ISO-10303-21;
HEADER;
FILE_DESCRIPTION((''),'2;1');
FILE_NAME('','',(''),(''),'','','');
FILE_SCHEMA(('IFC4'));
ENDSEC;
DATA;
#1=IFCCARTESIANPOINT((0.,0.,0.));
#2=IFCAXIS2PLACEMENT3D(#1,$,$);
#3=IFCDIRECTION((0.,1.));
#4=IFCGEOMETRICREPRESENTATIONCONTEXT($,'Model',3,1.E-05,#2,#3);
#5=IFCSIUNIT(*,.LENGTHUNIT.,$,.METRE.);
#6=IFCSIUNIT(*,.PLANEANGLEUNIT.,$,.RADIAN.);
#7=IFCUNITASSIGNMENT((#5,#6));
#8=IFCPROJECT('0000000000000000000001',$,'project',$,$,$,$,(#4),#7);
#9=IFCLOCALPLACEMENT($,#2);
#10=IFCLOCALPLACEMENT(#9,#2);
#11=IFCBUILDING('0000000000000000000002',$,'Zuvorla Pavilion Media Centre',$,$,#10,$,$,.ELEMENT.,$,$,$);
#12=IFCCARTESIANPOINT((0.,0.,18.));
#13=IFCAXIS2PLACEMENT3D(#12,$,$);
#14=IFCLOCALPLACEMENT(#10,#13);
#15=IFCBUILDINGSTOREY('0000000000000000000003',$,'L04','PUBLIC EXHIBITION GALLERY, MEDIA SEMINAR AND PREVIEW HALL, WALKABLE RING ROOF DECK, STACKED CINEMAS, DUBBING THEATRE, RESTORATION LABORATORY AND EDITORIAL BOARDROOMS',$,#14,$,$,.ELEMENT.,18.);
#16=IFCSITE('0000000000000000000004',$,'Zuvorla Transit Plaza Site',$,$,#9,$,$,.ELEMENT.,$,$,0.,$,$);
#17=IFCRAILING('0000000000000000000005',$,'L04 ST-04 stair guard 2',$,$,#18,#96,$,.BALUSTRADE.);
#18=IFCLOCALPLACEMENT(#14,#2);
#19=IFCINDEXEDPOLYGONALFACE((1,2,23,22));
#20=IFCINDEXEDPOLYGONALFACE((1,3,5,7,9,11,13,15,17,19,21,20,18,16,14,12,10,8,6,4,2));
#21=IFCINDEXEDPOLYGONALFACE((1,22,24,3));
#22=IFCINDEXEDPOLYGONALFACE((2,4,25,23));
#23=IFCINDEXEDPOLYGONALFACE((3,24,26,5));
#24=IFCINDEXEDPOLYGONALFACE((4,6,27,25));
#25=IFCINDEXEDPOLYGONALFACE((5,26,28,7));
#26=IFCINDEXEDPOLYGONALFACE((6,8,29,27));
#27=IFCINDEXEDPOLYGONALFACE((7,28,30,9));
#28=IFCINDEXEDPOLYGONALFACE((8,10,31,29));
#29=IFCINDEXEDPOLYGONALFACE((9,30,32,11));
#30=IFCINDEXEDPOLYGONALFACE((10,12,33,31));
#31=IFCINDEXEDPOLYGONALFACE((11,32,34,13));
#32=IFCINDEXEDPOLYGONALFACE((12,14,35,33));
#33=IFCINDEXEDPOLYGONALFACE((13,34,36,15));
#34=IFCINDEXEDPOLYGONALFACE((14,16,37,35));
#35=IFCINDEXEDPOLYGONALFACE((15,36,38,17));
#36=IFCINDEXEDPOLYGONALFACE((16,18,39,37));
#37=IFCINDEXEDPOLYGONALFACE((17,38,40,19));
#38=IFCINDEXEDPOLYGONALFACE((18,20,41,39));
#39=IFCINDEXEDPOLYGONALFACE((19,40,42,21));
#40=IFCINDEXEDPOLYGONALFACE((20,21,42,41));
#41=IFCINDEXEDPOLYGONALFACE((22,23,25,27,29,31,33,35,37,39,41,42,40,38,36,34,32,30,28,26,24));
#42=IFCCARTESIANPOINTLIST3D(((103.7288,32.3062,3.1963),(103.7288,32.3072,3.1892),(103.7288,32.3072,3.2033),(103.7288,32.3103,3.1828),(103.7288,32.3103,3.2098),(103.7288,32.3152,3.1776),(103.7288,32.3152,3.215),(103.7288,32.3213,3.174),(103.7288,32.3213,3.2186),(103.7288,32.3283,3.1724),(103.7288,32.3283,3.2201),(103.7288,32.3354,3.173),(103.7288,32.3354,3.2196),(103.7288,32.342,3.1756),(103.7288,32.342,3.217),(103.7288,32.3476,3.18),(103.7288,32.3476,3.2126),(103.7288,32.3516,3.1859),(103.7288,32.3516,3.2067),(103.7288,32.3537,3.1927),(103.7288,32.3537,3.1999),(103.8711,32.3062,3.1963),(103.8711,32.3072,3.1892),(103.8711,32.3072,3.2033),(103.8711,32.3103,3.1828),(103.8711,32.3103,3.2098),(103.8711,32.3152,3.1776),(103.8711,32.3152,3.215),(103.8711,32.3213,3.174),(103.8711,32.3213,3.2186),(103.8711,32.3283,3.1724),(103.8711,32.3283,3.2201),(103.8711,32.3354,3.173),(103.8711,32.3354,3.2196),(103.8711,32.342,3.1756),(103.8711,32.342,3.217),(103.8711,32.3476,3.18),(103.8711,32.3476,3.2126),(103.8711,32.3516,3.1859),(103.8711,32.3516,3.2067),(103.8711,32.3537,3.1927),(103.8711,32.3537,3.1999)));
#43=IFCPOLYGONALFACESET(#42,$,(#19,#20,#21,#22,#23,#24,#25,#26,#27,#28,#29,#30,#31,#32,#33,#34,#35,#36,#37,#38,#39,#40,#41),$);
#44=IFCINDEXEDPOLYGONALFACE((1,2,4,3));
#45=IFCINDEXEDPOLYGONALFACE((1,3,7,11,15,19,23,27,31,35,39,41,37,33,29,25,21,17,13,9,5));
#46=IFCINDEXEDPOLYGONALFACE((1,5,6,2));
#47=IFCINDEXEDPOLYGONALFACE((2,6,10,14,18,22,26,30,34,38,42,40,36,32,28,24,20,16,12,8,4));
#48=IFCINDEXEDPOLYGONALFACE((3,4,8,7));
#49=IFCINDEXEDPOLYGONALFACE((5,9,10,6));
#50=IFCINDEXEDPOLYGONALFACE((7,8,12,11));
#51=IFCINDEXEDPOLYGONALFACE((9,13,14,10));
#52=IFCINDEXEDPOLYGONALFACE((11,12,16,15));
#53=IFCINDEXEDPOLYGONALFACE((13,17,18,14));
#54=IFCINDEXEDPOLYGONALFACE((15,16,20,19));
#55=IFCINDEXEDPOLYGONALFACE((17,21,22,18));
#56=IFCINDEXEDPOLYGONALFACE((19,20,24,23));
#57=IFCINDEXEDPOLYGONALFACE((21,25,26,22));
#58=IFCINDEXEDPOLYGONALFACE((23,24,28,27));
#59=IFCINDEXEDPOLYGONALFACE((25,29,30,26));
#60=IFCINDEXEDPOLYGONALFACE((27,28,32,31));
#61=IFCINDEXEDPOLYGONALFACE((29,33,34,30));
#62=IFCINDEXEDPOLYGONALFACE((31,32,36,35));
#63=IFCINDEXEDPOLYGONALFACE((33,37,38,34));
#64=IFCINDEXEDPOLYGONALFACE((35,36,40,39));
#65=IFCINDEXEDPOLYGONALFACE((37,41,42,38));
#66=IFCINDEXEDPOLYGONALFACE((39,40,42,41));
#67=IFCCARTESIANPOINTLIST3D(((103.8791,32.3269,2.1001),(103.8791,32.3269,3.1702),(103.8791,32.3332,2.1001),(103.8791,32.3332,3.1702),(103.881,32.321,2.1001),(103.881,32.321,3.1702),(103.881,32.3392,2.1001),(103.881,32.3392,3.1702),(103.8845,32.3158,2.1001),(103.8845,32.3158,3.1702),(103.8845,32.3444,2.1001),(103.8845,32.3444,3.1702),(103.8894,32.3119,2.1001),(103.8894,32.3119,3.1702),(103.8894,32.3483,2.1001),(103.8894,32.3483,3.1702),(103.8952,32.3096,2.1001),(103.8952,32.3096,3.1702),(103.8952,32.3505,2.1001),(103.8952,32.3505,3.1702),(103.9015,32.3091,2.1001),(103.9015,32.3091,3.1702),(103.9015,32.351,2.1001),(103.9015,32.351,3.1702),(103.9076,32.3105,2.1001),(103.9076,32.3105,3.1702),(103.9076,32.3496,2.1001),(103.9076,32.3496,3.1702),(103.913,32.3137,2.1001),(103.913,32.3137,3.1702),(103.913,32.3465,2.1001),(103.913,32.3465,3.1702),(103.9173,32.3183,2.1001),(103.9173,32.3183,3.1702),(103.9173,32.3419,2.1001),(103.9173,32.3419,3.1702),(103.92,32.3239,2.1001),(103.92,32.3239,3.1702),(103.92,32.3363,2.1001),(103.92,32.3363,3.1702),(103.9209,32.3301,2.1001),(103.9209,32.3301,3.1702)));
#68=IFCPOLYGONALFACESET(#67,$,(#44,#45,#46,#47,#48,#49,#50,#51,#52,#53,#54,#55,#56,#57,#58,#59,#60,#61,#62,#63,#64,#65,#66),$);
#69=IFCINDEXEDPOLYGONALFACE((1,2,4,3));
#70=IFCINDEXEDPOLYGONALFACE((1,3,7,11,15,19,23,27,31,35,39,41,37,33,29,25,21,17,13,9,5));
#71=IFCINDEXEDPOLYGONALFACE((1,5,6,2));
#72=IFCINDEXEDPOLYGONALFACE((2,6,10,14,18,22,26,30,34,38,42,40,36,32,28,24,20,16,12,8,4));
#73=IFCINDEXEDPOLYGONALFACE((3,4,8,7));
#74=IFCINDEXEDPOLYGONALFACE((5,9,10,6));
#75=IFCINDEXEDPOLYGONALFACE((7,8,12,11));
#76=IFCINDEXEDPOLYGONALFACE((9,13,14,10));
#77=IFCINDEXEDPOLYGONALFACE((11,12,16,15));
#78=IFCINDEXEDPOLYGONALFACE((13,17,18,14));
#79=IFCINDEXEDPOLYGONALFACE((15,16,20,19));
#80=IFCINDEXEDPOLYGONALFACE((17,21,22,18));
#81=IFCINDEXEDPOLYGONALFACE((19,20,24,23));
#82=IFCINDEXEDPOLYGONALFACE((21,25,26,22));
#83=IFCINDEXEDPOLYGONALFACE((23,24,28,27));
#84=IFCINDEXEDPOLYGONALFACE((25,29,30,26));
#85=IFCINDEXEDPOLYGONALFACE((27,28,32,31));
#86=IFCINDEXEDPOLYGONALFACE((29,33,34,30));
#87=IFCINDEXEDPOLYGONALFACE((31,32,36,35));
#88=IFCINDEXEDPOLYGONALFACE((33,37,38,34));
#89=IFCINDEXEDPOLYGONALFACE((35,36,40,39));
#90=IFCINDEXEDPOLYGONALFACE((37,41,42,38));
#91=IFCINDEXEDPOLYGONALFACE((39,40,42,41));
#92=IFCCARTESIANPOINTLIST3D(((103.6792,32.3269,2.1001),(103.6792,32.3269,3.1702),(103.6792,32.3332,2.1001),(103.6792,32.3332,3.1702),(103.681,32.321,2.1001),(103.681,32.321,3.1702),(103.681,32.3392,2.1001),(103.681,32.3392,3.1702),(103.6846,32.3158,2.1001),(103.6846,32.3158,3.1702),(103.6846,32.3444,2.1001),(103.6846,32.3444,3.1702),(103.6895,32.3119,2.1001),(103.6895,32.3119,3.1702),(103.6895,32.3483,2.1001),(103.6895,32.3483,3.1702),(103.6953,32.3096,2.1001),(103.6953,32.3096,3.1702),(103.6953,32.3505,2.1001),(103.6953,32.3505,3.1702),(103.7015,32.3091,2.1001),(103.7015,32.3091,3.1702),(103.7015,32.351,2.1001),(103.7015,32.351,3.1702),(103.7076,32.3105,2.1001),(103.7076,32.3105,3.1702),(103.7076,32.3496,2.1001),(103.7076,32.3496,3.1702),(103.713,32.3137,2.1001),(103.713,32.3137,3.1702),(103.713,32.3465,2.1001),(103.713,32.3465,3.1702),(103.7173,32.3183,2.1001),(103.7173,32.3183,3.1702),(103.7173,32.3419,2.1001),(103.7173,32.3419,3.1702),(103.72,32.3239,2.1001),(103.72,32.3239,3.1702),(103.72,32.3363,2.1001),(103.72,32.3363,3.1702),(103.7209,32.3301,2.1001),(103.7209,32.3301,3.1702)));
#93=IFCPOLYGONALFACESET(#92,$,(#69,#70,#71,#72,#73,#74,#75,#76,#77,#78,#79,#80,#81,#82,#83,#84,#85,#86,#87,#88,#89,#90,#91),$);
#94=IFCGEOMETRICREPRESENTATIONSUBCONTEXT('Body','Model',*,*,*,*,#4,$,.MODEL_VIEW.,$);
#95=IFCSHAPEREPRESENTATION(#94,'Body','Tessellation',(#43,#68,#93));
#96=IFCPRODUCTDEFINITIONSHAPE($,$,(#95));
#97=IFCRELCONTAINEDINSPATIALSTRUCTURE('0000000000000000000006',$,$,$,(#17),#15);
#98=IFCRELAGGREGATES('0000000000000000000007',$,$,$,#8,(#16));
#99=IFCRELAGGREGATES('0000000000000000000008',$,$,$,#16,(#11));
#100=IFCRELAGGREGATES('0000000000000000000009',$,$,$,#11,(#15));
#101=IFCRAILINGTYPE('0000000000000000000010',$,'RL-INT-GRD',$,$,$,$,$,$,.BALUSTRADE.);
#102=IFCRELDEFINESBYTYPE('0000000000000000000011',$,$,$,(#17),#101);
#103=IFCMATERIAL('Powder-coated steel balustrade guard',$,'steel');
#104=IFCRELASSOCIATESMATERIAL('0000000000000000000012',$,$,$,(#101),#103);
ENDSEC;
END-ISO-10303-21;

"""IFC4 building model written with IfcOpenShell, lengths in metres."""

from ifc_helpers import new_model, si_unit, direction, frame, origin, origin_2d, place, context, subcontext, project, spatial, circle, extrude, material, type_object, element, save


model = new_model("IFC4")

# Units and contexts
model_context = context("Model", 3, precision=1e-05, world=origin(), true_north=direction((0.0, 1.0)))
body_context = subcontext(model_context, "Body", "Model", "MODEL_VIEW")
ifc_project = project(units=[si_unit("LENGTHUNIT", "METRE"), si_unit("PLANEANGLEUNIT", "RADIAN")], contexts=[model_context])

# Site, building, storey
site_placement = place(None, origin())
site = spatial("IfcSite", under=ifc_project, at=site_placement, Name="Zuvorla Transit Plaza Site", CompositionType="ELEMENT", RefElevation=0.0)
building_placement = place(site_placement, origin())
building = spatial("IfcBuilding", under=site, at=building_placement, Name="Zuvorla Pavilion Media Centre", CompositionType="ELEMENT")
storey_placement = place(building_placement, frame((0.0, 0.0, 18.0)))
storey = spatial("IfcBuildingStorey", under=building, at=storey_placement, Name="L04", Description="PUBLIC EXHIBITION GALLERY, MEDIA SEMINAR AND PREVIEW HALL, WALKABLE RING ROOF DECK, STACKED CINEMAS, DUBBING THEATRE, RESTORATION LABORATORY AND EDITORIAL BOARDROOMS", CompositionType="ELEMENT", Elevation=18.0)

# Railing
ifc_material_1 = material(Name="Powder-coated steel balustrade guard", Category="steel")
railing_type_1 = type_object("IfcRailingType", Name="RL-INT-GRD", PredefinedType="BALUSTRADE", material=ifc_material_1)
railing_1_placement = place(storey_placement, frame((103.8999, 32.3301, 2.1001)))
element("IfcRailing", 1, at=railing_1_placement, inside=storey, type_object=railing_type_1, Name="L04 ST-04 stair guard 2", PredefinedType="BALUSTRADE", context=body_context, shape_type="SweptSolid", body=[
    extrude(circle(Radius=0.0239, at=origin_2d()), frame((-0.0288, 0.0, 1.0962), z_axis=(-1.0, 0.0, 0.0), x_axis=(0.0, -1.0, 0.0)), (0.0, 0.0, 1.0), 0.1423),
    extrude(circle(Radius=0.021, at=origin_2d()), origin(), (0.0, 0.0, 1.0), 1.0701),
    extrude(circle(Radius=0.021, at=origin_2d()), frame((-0.2, 0.0, 0.0)), (0.0, 0.0, 1.0), 1.0701),
])

save(model, "model.ifc")
